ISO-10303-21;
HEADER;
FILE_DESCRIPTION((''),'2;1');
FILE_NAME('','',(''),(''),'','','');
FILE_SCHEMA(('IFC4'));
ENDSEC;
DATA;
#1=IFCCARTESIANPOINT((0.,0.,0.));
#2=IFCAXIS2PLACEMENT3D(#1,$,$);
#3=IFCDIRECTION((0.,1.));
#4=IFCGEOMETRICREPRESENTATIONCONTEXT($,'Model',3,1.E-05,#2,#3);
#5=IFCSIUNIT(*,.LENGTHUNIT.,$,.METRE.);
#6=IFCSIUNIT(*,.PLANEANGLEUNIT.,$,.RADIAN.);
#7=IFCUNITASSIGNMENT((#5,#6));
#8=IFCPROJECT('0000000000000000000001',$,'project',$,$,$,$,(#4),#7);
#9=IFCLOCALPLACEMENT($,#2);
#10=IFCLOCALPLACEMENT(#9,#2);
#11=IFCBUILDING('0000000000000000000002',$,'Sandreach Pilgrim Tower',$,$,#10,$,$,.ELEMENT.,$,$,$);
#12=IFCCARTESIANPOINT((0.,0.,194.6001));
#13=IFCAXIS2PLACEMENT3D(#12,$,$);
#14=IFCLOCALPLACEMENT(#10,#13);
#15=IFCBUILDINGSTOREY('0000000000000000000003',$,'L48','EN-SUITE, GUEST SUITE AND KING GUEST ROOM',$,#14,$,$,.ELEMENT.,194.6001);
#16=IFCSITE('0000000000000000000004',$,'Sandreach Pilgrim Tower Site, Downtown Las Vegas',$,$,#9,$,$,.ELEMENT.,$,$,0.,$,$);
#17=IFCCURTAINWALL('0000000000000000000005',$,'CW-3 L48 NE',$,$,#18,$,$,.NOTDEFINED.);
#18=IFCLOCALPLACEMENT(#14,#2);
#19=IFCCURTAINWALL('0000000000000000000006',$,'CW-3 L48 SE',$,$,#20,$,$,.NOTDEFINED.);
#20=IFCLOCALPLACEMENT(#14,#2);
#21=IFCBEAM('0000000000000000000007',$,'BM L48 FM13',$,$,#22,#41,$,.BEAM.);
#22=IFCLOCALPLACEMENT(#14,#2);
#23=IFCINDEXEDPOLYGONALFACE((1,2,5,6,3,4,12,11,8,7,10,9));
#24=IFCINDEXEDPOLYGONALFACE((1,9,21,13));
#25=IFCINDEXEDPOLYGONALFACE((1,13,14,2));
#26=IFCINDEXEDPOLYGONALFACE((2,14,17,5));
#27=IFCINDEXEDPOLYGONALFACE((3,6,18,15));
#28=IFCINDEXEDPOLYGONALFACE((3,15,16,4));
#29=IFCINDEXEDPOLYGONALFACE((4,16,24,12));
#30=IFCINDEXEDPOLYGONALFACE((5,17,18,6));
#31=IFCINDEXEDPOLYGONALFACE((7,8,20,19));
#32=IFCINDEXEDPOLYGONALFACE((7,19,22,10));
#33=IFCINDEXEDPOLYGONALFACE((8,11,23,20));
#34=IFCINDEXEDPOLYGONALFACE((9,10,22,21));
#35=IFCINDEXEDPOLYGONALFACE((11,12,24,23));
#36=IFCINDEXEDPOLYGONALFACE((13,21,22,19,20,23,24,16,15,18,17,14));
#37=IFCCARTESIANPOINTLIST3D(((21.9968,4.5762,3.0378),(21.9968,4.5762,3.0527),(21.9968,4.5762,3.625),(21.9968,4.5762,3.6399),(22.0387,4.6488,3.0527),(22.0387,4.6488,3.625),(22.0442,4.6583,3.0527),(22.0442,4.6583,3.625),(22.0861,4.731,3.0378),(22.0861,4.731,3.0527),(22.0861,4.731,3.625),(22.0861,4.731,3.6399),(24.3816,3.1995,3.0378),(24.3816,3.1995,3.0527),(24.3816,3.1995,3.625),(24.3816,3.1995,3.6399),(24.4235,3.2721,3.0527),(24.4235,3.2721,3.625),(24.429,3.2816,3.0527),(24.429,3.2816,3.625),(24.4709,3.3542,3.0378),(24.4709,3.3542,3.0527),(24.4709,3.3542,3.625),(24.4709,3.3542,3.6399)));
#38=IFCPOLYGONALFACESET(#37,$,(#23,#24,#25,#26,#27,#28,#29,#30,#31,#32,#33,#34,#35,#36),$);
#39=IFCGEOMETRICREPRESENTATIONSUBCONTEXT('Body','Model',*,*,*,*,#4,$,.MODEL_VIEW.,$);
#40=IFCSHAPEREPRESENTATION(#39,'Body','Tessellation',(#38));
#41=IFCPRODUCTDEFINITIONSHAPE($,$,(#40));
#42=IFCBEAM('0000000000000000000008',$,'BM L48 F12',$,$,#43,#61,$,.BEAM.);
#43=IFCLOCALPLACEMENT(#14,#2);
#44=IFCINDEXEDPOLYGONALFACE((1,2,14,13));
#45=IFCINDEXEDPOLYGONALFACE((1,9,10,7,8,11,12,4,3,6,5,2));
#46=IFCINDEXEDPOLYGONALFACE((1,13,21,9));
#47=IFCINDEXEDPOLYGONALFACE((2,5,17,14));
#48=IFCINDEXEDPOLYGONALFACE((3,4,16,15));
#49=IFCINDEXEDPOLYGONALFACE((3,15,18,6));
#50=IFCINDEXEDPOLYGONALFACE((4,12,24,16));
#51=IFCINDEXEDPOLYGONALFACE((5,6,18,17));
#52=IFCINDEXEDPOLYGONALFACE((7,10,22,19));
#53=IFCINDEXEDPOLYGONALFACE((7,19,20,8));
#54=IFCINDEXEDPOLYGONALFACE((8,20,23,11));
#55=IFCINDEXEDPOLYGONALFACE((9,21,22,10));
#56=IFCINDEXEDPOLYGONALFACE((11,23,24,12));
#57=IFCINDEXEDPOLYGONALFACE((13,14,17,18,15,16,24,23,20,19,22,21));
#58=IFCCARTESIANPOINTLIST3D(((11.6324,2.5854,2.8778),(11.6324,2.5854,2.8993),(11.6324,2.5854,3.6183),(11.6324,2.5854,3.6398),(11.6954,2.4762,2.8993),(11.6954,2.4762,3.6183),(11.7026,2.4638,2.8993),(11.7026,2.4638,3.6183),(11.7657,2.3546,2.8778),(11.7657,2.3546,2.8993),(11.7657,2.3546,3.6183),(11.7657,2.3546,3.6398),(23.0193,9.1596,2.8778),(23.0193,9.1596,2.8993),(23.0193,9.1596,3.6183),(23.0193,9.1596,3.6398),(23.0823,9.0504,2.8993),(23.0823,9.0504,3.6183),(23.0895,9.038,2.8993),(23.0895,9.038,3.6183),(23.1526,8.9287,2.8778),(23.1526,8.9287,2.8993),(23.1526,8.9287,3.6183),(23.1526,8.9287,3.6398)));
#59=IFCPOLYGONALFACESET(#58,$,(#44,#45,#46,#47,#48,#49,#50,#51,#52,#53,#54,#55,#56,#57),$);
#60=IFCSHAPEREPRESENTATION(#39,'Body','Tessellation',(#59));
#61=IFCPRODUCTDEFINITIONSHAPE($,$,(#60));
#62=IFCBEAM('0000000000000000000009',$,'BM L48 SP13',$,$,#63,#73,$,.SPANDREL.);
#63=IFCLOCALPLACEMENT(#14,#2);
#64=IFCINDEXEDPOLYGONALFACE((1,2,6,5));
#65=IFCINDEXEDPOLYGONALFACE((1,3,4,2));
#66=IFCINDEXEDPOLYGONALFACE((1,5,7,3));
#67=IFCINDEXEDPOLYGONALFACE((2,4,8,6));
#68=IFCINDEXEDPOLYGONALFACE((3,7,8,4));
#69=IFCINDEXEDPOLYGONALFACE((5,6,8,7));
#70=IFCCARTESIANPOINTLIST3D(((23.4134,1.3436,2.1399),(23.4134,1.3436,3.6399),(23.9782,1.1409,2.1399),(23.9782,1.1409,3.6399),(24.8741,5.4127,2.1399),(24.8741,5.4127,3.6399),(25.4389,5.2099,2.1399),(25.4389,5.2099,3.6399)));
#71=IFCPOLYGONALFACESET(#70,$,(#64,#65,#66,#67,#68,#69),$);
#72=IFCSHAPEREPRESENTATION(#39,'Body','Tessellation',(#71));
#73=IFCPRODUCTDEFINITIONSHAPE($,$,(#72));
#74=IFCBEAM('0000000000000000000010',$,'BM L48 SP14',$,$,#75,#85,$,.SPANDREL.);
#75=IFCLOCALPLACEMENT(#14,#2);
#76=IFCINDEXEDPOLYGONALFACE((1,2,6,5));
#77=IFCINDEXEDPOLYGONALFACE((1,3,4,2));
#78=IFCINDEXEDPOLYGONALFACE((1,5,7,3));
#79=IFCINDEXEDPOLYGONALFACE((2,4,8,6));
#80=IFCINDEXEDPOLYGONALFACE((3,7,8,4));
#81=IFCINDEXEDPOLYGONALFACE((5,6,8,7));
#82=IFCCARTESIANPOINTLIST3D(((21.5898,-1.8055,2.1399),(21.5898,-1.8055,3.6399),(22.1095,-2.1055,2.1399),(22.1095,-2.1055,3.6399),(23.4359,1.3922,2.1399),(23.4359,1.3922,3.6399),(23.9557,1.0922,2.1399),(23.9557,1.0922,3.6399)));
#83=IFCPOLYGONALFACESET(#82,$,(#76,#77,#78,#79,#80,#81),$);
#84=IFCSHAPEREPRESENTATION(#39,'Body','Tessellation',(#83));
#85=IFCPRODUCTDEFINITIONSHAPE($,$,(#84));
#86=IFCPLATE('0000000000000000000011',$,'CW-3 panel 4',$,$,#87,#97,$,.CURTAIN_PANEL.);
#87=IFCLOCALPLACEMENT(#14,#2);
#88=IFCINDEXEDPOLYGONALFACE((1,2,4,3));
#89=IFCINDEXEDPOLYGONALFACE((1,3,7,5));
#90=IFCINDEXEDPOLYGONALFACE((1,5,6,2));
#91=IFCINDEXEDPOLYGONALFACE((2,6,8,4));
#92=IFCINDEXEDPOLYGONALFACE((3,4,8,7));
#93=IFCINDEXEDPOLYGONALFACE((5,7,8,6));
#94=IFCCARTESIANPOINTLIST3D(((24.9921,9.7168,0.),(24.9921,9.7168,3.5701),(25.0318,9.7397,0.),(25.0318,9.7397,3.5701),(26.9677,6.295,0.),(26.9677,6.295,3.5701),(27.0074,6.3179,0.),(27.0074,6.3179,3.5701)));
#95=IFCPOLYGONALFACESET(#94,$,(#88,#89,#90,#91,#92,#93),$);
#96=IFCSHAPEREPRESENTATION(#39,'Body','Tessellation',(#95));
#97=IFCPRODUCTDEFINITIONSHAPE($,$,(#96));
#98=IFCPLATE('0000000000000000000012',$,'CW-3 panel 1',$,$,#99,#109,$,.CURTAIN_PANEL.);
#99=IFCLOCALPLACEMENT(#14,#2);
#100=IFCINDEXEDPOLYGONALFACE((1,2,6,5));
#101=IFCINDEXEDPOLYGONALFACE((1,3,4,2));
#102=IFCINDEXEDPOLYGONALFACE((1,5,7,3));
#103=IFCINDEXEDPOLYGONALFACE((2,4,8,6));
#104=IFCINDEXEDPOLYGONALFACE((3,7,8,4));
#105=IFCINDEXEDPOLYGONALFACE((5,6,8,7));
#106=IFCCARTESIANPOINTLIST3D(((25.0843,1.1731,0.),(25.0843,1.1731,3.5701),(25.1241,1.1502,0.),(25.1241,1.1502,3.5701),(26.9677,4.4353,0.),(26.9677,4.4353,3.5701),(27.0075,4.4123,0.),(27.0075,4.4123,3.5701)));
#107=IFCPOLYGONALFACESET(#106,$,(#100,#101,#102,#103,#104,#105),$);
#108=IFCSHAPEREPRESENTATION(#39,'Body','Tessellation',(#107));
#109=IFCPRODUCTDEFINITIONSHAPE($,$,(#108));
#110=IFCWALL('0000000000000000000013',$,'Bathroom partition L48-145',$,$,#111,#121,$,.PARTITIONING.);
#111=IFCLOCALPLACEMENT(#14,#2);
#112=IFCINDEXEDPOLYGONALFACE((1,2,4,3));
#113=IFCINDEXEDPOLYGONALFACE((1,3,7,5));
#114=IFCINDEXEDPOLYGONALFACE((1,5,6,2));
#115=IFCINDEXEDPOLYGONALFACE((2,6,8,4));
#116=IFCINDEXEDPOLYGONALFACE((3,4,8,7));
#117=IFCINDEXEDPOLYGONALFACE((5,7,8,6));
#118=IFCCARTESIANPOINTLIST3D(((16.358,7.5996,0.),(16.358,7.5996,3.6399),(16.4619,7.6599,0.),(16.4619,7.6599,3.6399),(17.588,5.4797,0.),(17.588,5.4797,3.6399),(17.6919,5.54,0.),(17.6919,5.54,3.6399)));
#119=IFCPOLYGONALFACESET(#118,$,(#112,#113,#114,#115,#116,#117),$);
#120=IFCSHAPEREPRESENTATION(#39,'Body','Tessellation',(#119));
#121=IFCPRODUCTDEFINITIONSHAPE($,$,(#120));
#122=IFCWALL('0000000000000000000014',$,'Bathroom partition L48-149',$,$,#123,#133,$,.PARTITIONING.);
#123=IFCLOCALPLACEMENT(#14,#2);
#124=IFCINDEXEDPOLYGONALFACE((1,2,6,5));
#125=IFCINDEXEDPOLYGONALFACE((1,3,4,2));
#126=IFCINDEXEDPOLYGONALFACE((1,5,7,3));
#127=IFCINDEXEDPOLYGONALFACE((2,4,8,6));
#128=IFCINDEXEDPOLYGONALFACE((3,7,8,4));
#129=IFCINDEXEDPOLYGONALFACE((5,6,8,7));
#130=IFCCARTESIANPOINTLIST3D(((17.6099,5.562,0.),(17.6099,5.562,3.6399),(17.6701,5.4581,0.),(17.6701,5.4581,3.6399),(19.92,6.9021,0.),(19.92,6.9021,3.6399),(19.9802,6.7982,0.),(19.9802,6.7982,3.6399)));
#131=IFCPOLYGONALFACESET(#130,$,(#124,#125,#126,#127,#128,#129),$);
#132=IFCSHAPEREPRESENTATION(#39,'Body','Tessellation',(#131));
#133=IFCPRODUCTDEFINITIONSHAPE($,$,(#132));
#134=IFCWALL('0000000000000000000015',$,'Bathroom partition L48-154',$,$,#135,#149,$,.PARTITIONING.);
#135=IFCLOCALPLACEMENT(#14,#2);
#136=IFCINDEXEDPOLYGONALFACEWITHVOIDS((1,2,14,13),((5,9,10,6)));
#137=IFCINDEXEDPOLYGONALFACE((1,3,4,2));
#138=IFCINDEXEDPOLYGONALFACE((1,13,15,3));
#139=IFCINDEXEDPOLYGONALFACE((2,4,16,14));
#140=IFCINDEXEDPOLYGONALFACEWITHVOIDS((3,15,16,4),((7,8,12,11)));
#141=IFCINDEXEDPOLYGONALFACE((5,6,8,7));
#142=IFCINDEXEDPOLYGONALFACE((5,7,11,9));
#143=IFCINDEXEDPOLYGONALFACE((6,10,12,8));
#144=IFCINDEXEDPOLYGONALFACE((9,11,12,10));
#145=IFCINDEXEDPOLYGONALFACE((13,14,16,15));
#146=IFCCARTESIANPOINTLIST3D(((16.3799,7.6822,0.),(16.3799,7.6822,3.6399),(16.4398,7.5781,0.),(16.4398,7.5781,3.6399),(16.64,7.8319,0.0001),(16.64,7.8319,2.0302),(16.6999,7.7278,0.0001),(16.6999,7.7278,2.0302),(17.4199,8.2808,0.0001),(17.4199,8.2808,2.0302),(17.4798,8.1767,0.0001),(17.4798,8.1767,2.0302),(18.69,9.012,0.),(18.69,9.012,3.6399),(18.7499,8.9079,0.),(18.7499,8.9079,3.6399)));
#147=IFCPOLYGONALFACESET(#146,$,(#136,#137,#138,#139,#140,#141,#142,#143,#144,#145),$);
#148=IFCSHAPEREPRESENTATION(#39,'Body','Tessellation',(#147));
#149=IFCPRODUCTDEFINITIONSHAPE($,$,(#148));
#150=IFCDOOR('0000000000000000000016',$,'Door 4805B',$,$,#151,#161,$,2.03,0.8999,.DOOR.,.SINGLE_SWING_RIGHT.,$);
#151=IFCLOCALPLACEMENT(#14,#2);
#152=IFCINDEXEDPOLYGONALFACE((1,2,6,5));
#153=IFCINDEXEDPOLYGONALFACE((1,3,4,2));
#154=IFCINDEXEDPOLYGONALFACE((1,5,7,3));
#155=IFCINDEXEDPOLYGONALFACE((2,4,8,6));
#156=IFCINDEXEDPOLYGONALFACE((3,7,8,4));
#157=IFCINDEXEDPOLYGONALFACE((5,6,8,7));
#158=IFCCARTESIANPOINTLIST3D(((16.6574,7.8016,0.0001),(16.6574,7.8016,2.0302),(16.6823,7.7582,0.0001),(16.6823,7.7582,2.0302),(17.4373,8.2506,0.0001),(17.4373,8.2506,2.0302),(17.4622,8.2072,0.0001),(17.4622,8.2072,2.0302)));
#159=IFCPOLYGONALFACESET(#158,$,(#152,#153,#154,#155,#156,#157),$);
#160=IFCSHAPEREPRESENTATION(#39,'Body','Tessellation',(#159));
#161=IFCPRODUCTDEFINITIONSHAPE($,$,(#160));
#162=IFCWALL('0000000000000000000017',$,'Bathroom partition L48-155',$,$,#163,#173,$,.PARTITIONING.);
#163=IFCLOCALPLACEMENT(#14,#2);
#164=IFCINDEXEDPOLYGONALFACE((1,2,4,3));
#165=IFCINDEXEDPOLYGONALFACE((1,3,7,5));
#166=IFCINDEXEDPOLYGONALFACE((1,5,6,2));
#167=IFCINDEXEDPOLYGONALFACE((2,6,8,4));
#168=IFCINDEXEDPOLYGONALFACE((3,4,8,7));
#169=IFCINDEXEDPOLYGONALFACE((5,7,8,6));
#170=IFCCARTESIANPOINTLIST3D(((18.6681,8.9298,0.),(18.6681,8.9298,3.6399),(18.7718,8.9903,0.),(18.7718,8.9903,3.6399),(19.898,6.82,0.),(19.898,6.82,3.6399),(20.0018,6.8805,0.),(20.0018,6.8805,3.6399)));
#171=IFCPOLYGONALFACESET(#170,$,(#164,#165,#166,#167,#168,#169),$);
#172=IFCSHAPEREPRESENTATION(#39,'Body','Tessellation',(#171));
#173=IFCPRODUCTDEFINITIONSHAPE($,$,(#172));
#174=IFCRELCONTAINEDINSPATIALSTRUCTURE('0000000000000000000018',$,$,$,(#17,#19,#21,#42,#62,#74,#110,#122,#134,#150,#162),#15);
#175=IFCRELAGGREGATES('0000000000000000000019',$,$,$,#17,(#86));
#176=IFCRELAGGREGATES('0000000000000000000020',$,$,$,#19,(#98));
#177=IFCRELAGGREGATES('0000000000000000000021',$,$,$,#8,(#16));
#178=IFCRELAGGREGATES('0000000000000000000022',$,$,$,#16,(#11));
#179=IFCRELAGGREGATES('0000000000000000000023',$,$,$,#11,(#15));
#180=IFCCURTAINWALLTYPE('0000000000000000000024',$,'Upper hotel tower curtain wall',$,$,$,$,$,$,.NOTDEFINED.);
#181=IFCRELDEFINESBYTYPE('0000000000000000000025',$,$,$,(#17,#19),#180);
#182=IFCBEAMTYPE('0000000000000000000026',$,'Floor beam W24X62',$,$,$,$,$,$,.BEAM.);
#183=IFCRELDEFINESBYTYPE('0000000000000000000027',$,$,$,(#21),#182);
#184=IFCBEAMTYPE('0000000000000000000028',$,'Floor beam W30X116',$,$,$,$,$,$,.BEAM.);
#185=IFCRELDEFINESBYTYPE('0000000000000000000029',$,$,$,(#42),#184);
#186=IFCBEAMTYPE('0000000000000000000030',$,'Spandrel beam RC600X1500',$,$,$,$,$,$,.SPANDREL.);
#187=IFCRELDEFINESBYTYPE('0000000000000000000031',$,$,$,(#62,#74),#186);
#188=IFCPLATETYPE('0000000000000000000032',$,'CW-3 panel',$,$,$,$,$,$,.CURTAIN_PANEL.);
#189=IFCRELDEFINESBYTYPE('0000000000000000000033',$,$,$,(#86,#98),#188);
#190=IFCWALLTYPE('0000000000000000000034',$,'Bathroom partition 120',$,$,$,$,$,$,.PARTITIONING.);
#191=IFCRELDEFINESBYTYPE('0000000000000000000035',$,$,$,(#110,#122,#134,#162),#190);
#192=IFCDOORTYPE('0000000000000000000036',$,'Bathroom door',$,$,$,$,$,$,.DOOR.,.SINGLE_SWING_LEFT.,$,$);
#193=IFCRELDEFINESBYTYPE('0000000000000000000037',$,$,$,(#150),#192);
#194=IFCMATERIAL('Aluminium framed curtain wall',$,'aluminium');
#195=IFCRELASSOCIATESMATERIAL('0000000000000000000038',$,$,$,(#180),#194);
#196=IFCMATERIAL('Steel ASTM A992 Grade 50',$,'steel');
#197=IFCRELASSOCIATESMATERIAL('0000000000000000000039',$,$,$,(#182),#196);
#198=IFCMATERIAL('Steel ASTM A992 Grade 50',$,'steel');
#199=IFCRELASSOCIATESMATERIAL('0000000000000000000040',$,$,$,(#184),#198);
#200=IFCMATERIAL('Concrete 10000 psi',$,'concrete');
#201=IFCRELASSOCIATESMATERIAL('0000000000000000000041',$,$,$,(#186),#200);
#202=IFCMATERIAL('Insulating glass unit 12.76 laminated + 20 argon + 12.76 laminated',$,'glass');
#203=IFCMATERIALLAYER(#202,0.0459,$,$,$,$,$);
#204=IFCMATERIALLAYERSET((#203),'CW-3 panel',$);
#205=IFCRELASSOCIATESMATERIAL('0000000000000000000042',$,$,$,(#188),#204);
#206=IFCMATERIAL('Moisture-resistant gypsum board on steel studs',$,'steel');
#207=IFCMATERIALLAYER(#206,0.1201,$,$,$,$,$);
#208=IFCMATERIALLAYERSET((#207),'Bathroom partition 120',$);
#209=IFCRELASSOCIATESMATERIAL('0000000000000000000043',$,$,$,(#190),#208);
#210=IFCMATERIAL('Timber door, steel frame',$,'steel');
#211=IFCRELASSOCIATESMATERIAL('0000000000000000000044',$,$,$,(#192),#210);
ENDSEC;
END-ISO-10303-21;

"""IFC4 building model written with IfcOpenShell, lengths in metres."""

from ifc_helpers import new_model, si_unit, direction, frame, frame_2d, origin, origin_2d, place, context, subcontext, project, spatial, rectangle, i_section, extrude, material, layer, layer_set, material_profile, profile_set, type_object, element, fill, aggregate, save


model = new_model("IFC4")

# Units and contexts
model_context = context("Model", 3, precision=1e-05, world=origin(), true_north=direction((0.0, 1.0)))
body_context = subcontext(model_context, "Body", "Model", "MODEL_VIEW")
ifc_project = project(units=[si_unit("LENGTHUNIT", "METRE"), si_unit("PLANEANGLEUNIT", "RADIAN")], contexts=[model_context])

# Site, building, storey
site_placement = place(None, origin())
site = spatial("IfcSite", under=ifc_project, at=site_placement, Name="Sandreach Pilgrim Tower Site, Downtown Las Vegas", CompositionType="ELEMENT", RefElevation=0.0)
building_placement = place(site_placement, origin())
building = spatial("IfcBuilding", under=site, at=building_placement, Name="Sandreach Pilgrim Tower", CompositionType="ELEMENT")
storey_placement = place(building_placement, frame((0.0, 0.0, 194.6001)))
storey = spatial("IfcBuildingStorey", under=building, at=storey_placement, Name="L48", Description="EN-SUITE, GUEST SUITE AND KING GUEST ROOM", CompositionType="ELEMENT", Elevation=194.6001)

# Curtain wall
ifc_material_1 = material(Name="Aluminium framed curtain wall", Category="aluminium")
curtain_wall_type = type_object("IfcCurtainWallType", Name="Upper hotel tower curtain wall", PredefinedType="NOTDEFINED", material=ifc_material_1)
curtain_wall_1_placement = place(storey_placement, origin())
curtain_wall_1 = element("IfcCurtainWall", 1, at=curtain_wall_1_placement, inside=storey, type_object=curtain_wall_type, Name="CW-3 L48 NE", PredefinedType="NOTDEFINED")

# Curtain wall
curtain_wall_2_placement = place(storey_placement, origin())
curtain_wall_2 = element("IfcCurtainWall", 2, at=curtain_wall_2_placement, inside=storey, type_object=curtain_wall_type, Name="CW-3 L48 SE", PredefinedType="NOTDEFINED")

# Beams
ifc_material_2 = material(Name="Steel ASTM A992 Grade 50", Category="steel")
ifc_material_profile_1 = material_profile(ifc_material_2, i_section(OverallWidth=0.1787, OverallDepth=0.6021, WebThickness=0.011, FlangeThickness=0.0149, at=origin_2d()), Name="W24X62")
ifc_profile_set_1 = profile_set([ifc_material_profile_1], Name="Steel ASTM A992 Grade 50")
beam_type_1 = type_object("IfcBeamType", Name="Floor beam W24X62", PredefinedType="BEAM", material=ifc_profile_set_1)
beam_1_placement = place(storey_placement, frame((24.4263, 3.2769, 3.3389), z_axis=(-0.866047, 0.499963, 0.0), x_axis=(-0.499963, -0.866047, 0.0)))
element("IfcBeam", 3, at=beam_1_placement, inside=storey, type_object=beam_type_1, Name="BM L48 FM13", PredefinedType="BEAM", context=body_context, shape_type="SweptSolid", body=[
    extrude(i_section(OverallWidth=0.1787, OverallDepth=0.6021, WebThickness=0.011, FlangeThickness=0.0149, at=origin_2d()), origin(), (0.0, 0.0, 1.0), 2.7537),
])
ifc_material_3 = material(Name="Steel ASTM A992 Grade 50", Category="steel")
ifc_material_profile_2 = material_profile(ifc_material_3, i_section(OverallWidth=0.2666, OverallDepth=0.762, WebThickness=0.0144, FlangeThickness=0.0215, at=origin_2d()), Name="W30X116")
ifc_profile_set_2 = profile_set([ifc_material_profile_2], Name="Steel ASTM A992 Grade 50")
beam_type_2 = type_object("IfcBeamType", Name="Floor beam W30X116", PredefinedType="BEAM", material=ifc_profile_set_2)
beam_2_placement = place(storey_placement, frame((23.0859, 9.0442, 3.2588), z_axis=(-0.866027, -0.499997, 0.0), x_axis=(0.499997, -0.866027, 0.0)))
element("IfcBeam", 4, at=beam_2_placement, inside=storey, type_object=beam_type_2, Name="BM L48 F12", PredefinedType="BEAM", context=body_context, shape_type="SweptSolid", body=[
    extrude(i_section(OverallWidth=0.2666, OverallDepth=0.762, WebThickness=0.0144, FlangeThickness=0.0215, at=origin_2d()), origin(), (0.0, 0.0, 1.0), 13.1484),
])
ifc_material_4 = material(Name="Concrete 10000 psi", Category="concrete")
ifc_material_profile_3 = material_profile(ifc_material_4, rectangle(XDim=0.6001, YDim=1.5, at=origin_2d()), Name="RC600X1500")
ifc_profile_set_3 = profile_set([ifc_material_profile_3], Name="Concrete 10000 psi")
beam_type_3 = type_object("IfcBeamType", Name="Spandrel beam RC600X1500", PredefinedType="SPANDREL", material=ifc_profile_set_3)
beam_3_placement = place(storey_placement, frame((25.1565, 5.3113, 2.8899), z_axis=(-0.337863, -0.941195, 0.0), x_axis=(0.941195, -0.337863, 0.0)))
element("IfcBeam", 5, at=beam_3_placement, inside=storey, type_object=beam_type_3, Name="BM L48 SP13", PredefinedType="SPANDREL", context=body_context, shape_type="SweptSolid", body=[
    extrude(rectangle(XDim=0.6001, YDim=1.5, at=origin_2d()), origin(), (0.0, 0.0, 1.0), 4.3232),
])
beam_4_placement = place(storey_placement, frame((23.6958, 1.2422, 2.8899), z_axis=(-0.499993, -0.866029, 0.0), x_axis=(0.866029, -0.499993, 0.0)))
element("IfcBeam", 6, at=beam_4_placement, inside=storey, type_object=beam_type_3, Name="BM L48 SP14", PredefinedType="SPANDREL", context=body_context, shape_type="SweptSolid", body=[
    extrude(rectangle(XDim=0.6001, YDim=1.5, at=origin_2d()), origin(), (0.0, 0.0, 1.0), 3.6924),
])

# Plates
ifc_material_5 = material(Name="Insulating glass unit 12.76 laminated + 20 argon + 12.76 laminated", Category="glass")
ifc_layer_1 = layer(ifc_material_5, 0.0459)
ifc_layer_set_1 = layer_set([ifc_layer_1], Name="CW-3 panel")
plate_type = type_object("IfcPlateType", Name="CW-3 panel", PredefinedType="CURTAIN_PANEL", material=ifc_layer_set_1)
plate_1_placement = place(storey_placement, frame((25.9998, 8.0173, 0.0), z_axis=(0.0, 0.0, 1.0), x_axis=(0.5, -0.866025, 0.0)))
plate_1 = element("IfcPlate", 7, at=plate_1_placement, type_object=plate_type, Name="CW-3 panel 4", PredefinedType="CURTAIN_PANEL", context=body_context, shape_type="SweptSolid", body=[
    extrude(rectangle(XDim=3.9512, YDim=0.0459, at=origin_2d()), origin(), (0.0, 0.0, 1.0), 3.5701),
])
aggregate(curtain_wall_1, [plate_1])
plate_2_placement = place(storey_placement, frame((26.0459, 2.7927, 0.0), z_axis=(0.0, 0.0, 1.0), x_axis=(-0.5, -0.866025, 0.0)))
plate_2 = element("IfcPlate", 8, at=plate_2_placement, type_object=plate_type, Name="CW-3 panel 1", PredefinedType="CURTAIN_PANEL", context=body_context, shape_type="SweptSolid", body=[
    extrude(rectangle(XDim=3.7668, YDim=0.0459, at=origin_2d()), origin(), (0.0, 0.0, 1.0), 3.5701),
])
aggregate(curtain_wall_2, [plate_2])

# Walls
ifc_material_6 = material(Name="Moisture-resistant gypsum board on steel studs", Category="steel")
ifc_layer_2 = layer(ifc_material_6, 0.1201)
ifc_layer_set_2 = layer_set([ifc_layer_2], Name="Bathroom partition 120")
wall_type_1 = type_object("IfcWallType", Name="Bathroom partition 120", PredefinedType="PARTITIONING", material=ifc_layer_set_2)
wall_1_placement = place(storey_placement, frame((16.4099, 7.6299, 0.0), z_axis=(0.0, 0.0, 1.0), x_axis=(0.501857, -0.864951, 0.0)))
element("IfcWall", 9, at=wall_1_placement, inside=storey, type_object=wall_type_1, Name="Bathroom partition L48-145", PredefinedType="PARTITIONING", context=body_context, shape_type="SweptSolid", body=[
    extrude(rectangle(XDim=2.4509, YDim=0.1201, at=frame_2d((1.2256, 0.0))), origin(), (0.0, 0.0, 1.0), 3.6399),
])
wall_2_placement = place(storey_placement, frame((17.6399, 5.51, 0.0), z_axis=(0.0, 0.0, 1.0), x_axis=(0.86499, 0.501789, 0.0)))
element("IfcWall", 10, at=wall_2_placement, inside=storey, type_object=wall_type_1, Name="Bathroom partition L48-149", PredefinedType="PARTITIONING", context=body_context, shape_type="SweptSolid", body=[
    extrude(rectangle(XDim=2.6707, YDim=0.1201, at=frame_2d((1.3354, 0.0))), origin(), (0.0, 0.0, 1.0), 3.6399),
])

# Wall, opening, door
wall_3_placement = place(storey_placement, frame((18.72, 8.96, 0.0), z_axis=(0.0, 0.0, 1.0), x_axis=(-0.866655, -0.498908, 0.0)))
wall_3 = element("IfcWall", 11, at=wall_3_placement, inside=storey, type_object=wall_type_1, Name="Bathroom partition L48-154", PredefinedType="PARTITIONING", context=body_context, shape_type="SweptSolid", body=[
    extrude(rectangle(XDim=2.6655, YDim=0.1201, at=frame_2d((1.3328, 0.0))), origin(), (0.0, 0.0, 1.0), 3.6399),
])
opening_1_placement = place(wall_3_placement, frame((1.4656, 0.0, 0.0)))
opening_1 = element("IfcOpeningElement", 12, at=opening_1_placement, cuts=wall_3, PredefinedType="OPENING", context=body_context, shape_type="SweptSolid", body=[
    extrude(rectangle(XDim=0.8999, YDim=2.03, at=frame_2d((0.45, 1.0151))), frame((0.0, 0.0601, 0.0), z_axis=(0.0, -1.0, 0.0), x_axis=(1.0, 0.0, 0.0)), (0.0, 0.0, 1.0), 0.1201),
])
ifc_material_7 = material(Name="Timber door, steel frame", Category="steel")
door_type_1 = type_object("IfcDoorType", Name="Bathroom door", OperationType="SINGLE_SWING_LEFT", PredefinedType="DOOR", material=ifc_material_7)
door_1_placement = place(opening_1_placement, origin())
door_1 = element("IfcDoor", 13, at=door_1_placement, inside=storey, type_object=door_type_1, Name="Door 4805B", OperationType="SINGLE_SWING_RIGHT", OverallHeight=2.03, OverallWidth=0.8999, PredefinedType="DOOR", context=body_context, shape_type="SweptSolid", body=[
    extrude(rectangle(XDim=0.8999, YDim=2.03, at=frame_2d((0.45, 1.0151))), frame((0.0, 0.0249, 0.0), z_axis=(0.0, -1.0, 0.0), x_axis=(1.0, 0.0, 0.0)), (0.0, 0.0, 1.0), 0.05),
])
fill(opening_1, door_1)

# Wall
wall_4_placement = place(storey_placement, frame((19.95, 6.8501, 0.0), z_axis=(0.0, 0.0, 1.0), x_axis=(-0.503635, 0.863917, 0.0)))
element("IfcWall", 14, at=wall_4_placement, inside=storey, type_object=wall_type_1, Name="Bathroom partition L48-155", PredefinedType="PARTITIONING", context=body_context, shape_type="SweptSolid", body=[
    extrude(rectangle(XDim=2.4421, YDim=0.1201, at=frame_2d((1.2212, 0.0))), origin(), (0.0, 0.0, 1.0), 3.6399),
])

save(model, "model.ifc")
